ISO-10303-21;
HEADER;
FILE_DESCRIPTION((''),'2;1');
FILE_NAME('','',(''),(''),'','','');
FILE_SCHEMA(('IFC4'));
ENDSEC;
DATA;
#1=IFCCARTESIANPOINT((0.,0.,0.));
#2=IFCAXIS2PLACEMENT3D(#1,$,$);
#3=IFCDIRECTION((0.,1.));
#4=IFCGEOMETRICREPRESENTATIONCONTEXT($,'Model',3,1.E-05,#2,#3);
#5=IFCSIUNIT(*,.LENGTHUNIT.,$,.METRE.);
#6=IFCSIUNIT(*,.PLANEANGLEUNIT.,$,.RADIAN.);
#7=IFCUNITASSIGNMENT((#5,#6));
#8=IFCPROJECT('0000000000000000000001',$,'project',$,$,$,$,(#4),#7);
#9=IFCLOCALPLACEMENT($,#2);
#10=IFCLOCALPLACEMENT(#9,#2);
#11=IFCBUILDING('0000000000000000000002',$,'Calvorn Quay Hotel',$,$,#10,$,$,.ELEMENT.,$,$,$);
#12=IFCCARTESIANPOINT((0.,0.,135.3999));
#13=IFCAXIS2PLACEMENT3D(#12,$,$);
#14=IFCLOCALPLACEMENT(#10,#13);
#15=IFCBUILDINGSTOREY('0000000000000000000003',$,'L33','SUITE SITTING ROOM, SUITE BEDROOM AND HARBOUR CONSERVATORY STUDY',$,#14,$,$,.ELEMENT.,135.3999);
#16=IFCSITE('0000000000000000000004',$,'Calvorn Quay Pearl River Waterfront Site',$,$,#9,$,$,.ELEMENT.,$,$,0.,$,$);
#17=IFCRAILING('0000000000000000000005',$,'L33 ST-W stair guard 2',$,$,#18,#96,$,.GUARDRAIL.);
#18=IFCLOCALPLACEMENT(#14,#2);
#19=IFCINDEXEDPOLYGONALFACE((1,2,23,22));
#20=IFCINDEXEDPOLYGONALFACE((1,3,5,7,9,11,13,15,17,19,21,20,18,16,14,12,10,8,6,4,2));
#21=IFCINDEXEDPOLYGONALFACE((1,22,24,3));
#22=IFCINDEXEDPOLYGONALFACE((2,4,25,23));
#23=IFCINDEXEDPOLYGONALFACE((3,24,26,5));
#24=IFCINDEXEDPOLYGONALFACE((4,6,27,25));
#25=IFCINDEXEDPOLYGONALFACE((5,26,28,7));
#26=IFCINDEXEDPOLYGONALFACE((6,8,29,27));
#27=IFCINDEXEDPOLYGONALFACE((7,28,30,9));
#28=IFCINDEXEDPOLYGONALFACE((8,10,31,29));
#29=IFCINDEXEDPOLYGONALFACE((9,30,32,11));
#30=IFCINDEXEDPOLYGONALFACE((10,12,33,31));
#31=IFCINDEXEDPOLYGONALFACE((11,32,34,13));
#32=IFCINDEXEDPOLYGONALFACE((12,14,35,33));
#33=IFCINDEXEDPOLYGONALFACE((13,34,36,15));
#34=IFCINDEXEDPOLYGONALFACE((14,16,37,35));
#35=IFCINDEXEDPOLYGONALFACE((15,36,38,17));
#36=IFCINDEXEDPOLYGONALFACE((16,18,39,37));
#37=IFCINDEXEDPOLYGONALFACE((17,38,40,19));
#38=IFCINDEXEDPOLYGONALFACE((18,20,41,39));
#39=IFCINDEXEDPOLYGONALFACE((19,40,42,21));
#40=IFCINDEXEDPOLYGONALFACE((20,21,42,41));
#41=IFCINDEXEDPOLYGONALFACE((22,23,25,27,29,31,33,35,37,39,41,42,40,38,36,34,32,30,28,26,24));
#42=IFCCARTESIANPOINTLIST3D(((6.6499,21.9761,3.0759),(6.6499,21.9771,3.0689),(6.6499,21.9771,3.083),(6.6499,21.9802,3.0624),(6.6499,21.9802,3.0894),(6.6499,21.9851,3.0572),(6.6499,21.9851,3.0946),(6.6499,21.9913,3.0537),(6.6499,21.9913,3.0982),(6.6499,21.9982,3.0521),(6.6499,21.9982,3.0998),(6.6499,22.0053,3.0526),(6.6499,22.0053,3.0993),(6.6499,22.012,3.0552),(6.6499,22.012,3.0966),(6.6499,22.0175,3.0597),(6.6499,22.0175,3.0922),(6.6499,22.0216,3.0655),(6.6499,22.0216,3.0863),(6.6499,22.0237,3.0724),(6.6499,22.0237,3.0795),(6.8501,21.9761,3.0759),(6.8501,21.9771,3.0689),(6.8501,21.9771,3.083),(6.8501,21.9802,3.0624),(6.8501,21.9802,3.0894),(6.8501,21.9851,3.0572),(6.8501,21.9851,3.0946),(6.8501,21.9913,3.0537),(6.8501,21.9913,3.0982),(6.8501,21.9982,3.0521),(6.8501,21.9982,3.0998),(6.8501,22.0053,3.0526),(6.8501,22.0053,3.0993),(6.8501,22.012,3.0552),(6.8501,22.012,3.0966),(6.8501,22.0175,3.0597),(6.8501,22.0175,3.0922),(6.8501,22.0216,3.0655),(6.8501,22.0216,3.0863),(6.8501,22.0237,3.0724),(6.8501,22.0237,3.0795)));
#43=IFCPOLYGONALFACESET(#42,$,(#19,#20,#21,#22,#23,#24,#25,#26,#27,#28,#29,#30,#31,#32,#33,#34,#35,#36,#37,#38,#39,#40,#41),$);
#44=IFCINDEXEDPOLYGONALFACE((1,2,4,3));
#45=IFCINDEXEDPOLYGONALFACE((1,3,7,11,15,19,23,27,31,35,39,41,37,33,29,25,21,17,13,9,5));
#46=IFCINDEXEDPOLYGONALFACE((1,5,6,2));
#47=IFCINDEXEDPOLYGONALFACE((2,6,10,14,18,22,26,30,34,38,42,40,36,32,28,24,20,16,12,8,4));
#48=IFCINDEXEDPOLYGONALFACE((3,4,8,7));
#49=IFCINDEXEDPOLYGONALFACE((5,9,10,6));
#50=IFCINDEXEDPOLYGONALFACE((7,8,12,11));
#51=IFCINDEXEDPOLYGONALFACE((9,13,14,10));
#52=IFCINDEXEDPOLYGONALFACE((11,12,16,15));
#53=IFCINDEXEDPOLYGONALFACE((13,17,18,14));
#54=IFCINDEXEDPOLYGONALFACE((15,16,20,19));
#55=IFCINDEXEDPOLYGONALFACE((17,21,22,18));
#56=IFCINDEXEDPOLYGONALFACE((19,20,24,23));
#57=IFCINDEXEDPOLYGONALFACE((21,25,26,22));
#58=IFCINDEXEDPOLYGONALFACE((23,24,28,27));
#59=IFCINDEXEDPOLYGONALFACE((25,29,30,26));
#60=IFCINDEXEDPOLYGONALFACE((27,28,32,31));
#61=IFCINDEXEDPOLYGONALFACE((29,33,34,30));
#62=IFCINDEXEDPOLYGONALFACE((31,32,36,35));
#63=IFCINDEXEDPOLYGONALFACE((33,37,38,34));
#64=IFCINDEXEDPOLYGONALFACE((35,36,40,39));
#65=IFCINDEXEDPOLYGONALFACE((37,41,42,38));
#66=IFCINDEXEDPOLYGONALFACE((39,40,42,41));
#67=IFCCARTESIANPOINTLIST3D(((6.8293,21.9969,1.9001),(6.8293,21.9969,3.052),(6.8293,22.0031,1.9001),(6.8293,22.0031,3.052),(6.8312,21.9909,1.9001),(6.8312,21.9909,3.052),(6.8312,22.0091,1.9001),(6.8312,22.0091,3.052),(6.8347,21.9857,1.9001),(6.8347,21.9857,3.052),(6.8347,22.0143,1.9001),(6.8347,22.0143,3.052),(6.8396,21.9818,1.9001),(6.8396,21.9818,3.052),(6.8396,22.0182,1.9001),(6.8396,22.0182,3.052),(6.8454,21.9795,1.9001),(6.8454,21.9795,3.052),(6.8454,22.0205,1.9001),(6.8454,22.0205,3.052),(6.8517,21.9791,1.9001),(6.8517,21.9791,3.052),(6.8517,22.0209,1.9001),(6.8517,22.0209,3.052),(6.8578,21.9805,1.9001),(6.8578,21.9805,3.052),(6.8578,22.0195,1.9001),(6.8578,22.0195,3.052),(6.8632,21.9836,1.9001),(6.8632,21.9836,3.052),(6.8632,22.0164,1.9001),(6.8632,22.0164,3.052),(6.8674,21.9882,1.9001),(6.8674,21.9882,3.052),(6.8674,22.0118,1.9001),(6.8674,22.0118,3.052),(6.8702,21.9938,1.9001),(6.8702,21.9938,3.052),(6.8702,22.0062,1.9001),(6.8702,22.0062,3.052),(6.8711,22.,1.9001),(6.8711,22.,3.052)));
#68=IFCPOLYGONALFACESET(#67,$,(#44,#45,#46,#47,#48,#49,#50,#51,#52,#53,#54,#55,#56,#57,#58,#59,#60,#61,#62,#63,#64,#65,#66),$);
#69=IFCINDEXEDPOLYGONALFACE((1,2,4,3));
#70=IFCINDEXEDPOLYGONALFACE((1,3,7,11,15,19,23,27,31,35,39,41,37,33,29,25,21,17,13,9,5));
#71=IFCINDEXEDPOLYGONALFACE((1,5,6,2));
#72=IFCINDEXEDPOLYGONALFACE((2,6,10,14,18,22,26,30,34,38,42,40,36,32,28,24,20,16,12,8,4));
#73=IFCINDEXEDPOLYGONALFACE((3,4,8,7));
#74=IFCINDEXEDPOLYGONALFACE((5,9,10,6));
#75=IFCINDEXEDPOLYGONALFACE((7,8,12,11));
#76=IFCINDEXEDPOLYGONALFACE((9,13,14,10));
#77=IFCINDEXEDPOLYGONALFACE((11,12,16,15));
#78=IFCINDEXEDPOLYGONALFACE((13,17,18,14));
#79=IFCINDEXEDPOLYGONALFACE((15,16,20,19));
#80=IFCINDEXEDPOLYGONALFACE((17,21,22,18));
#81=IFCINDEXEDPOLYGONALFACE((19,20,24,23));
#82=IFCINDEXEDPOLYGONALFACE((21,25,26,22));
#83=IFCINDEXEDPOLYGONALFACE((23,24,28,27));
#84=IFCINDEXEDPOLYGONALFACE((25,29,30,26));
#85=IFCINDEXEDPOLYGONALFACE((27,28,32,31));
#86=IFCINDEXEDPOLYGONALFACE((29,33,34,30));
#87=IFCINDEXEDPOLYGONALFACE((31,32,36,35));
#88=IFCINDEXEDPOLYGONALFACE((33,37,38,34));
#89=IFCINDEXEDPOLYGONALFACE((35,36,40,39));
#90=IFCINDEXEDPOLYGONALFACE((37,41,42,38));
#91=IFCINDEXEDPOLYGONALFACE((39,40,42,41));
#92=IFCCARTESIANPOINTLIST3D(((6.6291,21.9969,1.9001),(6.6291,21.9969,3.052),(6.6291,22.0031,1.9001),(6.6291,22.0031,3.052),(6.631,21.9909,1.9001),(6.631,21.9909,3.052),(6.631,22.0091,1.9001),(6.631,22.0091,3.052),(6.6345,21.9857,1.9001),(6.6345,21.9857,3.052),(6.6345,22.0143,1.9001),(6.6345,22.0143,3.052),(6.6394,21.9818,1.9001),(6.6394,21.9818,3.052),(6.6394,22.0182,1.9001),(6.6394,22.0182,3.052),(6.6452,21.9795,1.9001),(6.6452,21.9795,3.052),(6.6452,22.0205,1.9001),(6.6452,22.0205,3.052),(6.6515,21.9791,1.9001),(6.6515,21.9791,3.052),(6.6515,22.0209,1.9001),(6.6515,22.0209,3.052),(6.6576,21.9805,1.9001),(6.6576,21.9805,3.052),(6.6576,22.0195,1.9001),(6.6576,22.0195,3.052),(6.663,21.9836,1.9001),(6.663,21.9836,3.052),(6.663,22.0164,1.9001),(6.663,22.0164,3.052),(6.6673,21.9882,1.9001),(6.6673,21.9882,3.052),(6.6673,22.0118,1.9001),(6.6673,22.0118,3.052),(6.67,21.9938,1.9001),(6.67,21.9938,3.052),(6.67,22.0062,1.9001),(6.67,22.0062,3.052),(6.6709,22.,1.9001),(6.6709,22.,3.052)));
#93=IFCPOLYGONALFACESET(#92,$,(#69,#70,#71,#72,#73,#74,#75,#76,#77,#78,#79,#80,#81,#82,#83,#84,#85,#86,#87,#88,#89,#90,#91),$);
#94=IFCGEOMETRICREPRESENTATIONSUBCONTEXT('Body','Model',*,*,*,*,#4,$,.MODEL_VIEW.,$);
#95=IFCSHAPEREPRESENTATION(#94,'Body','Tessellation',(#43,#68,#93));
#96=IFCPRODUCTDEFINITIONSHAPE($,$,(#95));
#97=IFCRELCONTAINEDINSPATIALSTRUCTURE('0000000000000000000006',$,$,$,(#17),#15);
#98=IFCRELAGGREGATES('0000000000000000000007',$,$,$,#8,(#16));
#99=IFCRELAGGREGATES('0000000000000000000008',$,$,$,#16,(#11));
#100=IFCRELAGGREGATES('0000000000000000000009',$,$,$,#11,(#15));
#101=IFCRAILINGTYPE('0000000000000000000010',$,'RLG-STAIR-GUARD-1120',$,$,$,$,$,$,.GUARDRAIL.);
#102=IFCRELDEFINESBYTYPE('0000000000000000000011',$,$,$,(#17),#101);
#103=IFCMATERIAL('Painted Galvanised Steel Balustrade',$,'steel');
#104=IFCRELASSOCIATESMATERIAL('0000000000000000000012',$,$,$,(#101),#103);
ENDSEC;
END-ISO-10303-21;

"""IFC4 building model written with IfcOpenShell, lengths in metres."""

from ifc_helpers import new_model, si_unit, direction, frame, origin, origin_2d, place, context, subcontext, project, spatial, circle, extrude, material, type_object, element, save


model = new_model("IFC4")

# Units and contexts
model_context = context("Model", 3, precision=1e-05, world=origin(), true_north=direction((0.0, 1.0)))
body_context = subcontext(model_context, "Body", "Model", "MODEL_VIEW")
ifc_project = project(units=[si_unit("LENGTHUNIT", "METRE"), si_unit("PLANEANGLEUNIT", "RADIAN")], contexts=[model_context])

# Site, building, storey
site_placement = place(None, origin())
site = spatial("IfcSite", under=ifc_project, at=site_placement, Name="Calvorn Quay Pearl River Waterfront Site", CompositionType="ELEMENT", RefElevation=0.0)
building_placement = place(site_placement, origin())
building = spatial("IfcBuilding", under=site, at=building_placement, Name="Calvorn Quay Hotel", CompositionType="ELEMENT")
storey_placement = place(building_placement, frame((0.0, 0.0, 135.3999)))
storey = spatial("IfcBuildingStorey", under=building, at=storey_placement, Name="L33", Description="SUITE SITTING ROOM, SUITE BEDROOM AND HARBOUR CONSERVATORY STUDY", CompositionType="ELEMENT", Elevation=135.3999)

# Railing
ifc_material_1 = material(Name="Painted Galvanised Steel Balustrade", Category="steel")
railing_type_1 = type_object("IfcRailingType", Name="RLG-STAIR-GUARD-1120", PredefinedType="GUARDRAIL", material=ifc_material_1)
railing_1_placement = place(storey_placement, frame((6.8501, 22.0, 1.9001)))
element("IfcRailing", 1, at=railing_1_placement, inside=storey, type_object=railing_type_1, Name="L33 ST-W stair guard 2", PredefinedType="GUARDRAIL", context=body_context, shape_type="SweptSolid", body=[
    extrude(circle(Radius=0.0239, at=origin_2d()), frame((0.0, 0.0, 1.1758), z_axis=(-1.0, 0.0, 0.0), x_axis=(0.0, -1.0, 0.0)), (0.0, 0.0, 1.0), 0.2002),
    extrude(circle(Radius=0.021, at=origin_2d()), origin(), (0.0, 0.0, 1.0), 1.1519),
    extrude(circle(Radius=0.021, at=origin_2d()), frame((-0.2002, 0.0, 0.0)), (0.0, 0.0, 1.0), 1.1519),
])

save(model, "model.ifc")
